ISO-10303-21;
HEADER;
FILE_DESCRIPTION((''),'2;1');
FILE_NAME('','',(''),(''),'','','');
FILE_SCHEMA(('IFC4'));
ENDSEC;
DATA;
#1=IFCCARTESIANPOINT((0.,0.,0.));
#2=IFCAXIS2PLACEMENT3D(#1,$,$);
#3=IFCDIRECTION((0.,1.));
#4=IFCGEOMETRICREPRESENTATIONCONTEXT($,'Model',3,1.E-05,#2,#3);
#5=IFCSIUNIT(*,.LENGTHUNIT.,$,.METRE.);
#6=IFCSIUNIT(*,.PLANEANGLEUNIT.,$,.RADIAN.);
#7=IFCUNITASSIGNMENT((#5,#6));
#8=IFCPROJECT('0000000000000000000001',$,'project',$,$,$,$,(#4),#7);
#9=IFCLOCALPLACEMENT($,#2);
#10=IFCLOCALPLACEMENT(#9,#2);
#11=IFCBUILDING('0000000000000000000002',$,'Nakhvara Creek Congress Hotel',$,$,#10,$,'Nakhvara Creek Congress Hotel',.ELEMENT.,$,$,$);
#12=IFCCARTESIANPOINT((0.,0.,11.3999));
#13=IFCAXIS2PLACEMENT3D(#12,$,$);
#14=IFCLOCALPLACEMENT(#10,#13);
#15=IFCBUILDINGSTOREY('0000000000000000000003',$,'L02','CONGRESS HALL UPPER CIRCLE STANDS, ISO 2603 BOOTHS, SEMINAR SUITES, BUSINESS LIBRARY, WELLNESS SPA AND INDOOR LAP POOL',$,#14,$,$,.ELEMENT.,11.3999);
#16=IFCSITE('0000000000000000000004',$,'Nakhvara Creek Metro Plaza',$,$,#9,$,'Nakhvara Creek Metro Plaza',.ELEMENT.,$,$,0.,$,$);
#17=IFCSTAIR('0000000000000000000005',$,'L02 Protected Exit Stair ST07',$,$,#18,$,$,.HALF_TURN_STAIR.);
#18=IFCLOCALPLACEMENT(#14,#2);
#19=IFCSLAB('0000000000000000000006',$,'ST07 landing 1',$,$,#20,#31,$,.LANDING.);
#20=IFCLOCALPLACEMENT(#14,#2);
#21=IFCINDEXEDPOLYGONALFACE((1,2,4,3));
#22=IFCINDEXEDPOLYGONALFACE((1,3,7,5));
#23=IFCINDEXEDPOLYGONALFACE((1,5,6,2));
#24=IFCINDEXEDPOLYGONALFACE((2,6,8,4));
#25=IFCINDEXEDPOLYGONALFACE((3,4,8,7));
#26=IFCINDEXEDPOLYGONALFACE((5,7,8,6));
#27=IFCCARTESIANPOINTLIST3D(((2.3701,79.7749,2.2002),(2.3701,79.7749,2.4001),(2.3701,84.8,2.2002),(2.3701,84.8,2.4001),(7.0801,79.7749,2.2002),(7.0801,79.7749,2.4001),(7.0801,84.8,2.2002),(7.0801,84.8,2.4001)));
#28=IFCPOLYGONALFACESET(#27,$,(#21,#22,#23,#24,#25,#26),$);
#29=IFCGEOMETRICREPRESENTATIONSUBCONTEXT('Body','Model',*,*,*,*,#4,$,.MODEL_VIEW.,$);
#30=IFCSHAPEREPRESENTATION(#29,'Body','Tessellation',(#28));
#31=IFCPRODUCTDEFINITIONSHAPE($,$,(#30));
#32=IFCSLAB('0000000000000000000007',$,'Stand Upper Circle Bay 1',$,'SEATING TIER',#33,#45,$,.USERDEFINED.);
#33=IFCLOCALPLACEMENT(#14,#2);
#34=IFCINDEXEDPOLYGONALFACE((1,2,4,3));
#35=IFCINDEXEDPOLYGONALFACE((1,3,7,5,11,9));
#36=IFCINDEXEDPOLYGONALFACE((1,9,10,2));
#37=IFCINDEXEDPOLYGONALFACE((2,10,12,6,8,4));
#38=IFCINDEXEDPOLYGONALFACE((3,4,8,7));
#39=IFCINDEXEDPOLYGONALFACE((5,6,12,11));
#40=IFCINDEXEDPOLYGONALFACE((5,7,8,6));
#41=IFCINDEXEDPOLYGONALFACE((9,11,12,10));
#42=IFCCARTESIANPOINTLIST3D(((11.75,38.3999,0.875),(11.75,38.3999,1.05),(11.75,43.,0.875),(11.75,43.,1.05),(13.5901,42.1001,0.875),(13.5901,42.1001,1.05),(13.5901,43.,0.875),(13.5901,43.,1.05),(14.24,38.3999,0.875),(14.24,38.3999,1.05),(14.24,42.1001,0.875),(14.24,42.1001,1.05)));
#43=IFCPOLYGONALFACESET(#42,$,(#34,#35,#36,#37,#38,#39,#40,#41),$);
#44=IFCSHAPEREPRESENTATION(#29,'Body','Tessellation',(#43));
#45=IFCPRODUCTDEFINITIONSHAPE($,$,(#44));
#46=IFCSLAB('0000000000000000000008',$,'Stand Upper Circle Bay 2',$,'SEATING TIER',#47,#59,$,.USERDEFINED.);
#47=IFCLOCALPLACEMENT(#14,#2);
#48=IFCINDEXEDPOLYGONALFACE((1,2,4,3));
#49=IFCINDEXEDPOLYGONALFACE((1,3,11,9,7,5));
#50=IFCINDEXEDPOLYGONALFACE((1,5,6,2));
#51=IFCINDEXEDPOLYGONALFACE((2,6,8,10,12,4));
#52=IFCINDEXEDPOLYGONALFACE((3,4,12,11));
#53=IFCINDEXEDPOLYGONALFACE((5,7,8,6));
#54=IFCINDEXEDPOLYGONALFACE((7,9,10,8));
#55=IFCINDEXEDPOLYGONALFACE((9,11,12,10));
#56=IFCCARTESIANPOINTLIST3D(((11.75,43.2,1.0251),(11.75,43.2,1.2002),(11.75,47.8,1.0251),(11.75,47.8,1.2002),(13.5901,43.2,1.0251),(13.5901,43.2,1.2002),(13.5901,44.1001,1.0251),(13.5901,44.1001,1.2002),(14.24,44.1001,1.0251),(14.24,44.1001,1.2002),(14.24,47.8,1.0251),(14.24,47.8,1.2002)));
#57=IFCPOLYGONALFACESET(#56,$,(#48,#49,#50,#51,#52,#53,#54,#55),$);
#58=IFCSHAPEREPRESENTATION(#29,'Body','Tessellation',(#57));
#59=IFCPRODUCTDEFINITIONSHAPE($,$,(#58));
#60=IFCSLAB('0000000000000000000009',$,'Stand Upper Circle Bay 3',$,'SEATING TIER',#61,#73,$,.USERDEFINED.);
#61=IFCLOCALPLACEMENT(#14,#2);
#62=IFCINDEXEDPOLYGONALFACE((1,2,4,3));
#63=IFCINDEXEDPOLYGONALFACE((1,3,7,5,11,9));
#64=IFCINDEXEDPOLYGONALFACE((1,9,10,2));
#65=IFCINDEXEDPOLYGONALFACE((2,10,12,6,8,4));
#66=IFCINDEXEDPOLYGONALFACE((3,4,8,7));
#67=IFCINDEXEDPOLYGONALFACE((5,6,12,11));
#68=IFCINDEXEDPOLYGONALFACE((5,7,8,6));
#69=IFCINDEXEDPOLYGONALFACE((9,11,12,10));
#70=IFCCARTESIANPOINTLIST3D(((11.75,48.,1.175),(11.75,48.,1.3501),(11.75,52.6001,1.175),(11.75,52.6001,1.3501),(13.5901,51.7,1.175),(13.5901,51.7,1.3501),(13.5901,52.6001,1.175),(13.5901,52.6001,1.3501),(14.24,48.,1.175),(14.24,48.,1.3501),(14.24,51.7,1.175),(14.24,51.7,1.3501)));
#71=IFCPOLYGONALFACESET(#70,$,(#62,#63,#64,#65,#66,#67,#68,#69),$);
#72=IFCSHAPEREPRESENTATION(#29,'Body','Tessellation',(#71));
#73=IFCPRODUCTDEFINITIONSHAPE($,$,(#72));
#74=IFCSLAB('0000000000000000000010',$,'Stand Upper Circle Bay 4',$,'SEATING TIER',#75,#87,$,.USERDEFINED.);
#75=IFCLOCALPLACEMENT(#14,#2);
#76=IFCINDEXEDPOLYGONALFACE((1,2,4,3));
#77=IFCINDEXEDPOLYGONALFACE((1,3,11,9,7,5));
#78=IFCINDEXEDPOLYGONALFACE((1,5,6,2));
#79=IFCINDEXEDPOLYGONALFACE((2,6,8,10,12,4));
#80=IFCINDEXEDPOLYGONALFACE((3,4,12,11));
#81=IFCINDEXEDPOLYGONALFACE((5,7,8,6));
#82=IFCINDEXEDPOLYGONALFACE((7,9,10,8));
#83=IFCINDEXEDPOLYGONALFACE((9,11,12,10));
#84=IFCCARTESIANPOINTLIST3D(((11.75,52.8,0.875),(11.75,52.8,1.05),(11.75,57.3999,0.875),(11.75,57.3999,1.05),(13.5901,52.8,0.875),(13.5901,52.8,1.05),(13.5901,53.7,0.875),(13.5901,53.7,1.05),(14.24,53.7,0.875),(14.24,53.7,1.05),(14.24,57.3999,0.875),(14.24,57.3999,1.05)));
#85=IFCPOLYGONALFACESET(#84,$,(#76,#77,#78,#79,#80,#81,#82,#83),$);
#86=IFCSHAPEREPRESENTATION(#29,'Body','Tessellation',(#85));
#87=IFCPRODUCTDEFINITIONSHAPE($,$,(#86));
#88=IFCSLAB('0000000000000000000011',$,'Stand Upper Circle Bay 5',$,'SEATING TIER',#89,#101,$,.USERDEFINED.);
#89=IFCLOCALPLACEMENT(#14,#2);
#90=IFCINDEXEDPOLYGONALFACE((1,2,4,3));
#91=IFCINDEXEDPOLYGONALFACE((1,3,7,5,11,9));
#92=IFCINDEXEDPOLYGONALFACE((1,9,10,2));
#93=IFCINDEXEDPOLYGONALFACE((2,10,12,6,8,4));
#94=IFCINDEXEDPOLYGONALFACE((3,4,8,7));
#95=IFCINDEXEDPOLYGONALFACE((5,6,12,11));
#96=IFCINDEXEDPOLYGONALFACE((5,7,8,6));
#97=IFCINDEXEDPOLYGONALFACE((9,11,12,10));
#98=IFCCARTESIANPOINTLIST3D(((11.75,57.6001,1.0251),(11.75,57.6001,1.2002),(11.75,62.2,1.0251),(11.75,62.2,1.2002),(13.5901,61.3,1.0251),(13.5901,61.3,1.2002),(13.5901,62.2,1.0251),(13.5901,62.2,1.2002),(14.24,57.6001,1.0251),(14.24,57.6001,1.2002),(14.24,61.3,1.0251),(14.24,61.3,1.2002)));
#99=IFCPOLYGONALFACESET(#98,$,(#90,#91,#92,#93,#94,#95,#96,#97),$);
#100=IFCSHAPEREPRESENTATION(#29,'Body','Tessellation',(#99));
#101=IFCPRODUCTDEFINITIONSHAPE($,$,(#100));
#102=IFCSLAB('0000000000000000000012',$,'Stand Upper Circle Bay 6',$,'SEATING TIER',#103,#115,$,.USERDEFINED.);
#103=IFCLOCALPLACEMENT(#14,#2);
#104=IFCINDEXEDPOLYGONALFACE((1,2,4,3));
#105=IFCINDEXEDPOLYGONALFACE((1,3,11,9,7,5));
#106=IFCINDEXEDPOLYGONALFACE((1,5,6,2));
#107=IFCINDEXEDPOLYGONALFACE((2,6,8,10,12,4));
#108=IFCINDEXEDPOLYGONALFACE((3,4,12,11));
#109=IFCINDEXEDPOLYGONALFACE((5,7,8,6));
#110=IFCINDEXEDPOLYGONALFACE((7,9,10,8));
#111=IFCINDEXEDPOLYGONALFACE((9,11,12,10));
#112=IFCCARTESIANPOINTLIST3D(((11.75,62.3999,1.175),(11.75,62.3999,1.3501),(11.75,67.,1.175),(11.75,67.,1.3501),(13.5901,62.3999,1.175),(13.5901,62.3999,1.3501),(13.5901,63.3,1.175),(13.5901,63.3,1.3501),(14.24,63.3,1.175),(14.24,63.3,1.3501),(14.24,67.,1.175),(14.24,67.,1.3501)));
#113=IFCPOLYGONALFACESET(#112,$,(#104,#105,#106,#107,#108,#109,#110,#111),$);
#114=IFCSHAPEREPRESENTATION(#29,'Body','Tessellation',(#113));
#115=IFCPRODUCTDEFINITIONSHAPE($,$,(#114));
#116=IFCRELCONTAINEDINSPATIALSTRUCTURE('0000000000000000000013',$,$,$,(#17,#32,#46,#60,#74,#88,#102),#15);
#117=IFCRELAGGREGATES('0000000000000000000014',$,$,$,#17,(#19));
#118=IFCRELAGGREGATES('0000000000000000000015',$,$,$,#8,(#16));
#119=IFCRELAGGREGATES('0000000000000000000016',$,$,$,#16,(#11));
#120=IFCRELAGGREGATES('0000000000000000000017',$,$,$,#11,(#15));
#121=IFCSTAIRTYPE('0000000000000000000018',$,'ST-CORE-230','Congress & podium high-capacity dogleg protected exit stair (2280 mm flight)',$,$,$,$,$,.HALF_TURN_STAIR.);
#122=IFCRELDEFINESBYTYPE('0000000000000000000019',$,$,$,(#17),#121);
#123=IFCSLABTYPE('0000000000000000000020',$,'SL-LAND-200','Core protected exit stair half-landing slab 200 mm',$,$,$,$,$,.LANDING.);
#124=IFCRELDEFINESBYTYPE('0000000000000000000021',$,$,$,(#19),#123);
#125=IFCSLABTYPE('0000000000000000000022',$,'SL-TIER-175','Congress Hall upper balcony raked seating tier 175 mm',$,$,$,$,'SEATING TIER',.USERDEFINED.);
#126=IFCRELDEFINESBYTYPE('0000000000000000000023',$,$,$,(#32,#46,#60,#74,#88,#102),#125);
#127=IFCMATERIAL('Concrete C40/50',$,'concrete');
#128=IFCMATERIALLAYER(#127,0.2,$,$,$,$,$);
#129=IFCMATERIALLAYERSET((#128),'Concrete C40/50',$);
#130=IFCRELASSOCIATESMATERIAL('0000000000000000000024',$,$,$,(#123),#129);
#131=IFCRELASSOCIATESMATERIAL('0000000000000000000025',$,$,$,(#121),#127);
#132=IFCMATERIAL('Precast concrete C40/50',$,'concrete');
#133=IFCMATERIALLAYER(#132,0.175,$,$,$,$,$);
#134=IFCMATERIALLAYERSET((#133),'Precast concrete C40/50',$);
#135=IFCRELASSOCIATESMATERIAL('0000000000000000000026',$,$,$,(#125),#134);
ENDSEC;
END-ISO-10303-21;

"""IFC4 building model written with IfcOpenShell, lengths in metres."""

from ifc_helpers import new_model, si_unit, direction, frame, origin, place, context, subcontext, project, spatial, polyline, outline, extrude, material, layer, layer_set, type_object, element, aggregate, save


model = new_model("IFC4")

# Units and contexts
model_context = context("Model", 3, precision=1e-05, world=origin(), true_north=direction((0.0, 1.0)))
body_context = subcontext(model_context, "Body", "Model", "MODEL_VIEW")
ifc_project = project(units=[si_unit("LENGTHUNIT", "METRE"), si_unit("PLANEANGLEUNIT", "RADIAN")], contexts=[model_context])

# Site, building, storey
site_placement = place(None, origin())
site = spatial("IfcSite", under=ifc_project, at=site_placement, Name="Nakhvara Creek Metro Plaza", LongName="Nakhvara Creek Metro Plaza", CompositionType="ELEMENT", RefElevation=0.0)
building_placement = place(site_placement, origin())
building = spatial("IfcBuilding", under=site, at=building_placement, Name="Nakhvara Creek Congress Hotel", LongName="Nakhvara Creek Congress Hotel", CompositionType="ELEMENT")
storey_placement = place(building_placement, frame((0.0, 0.0, 11.3999)))
storey = spatial("IfcBuildingStorey", under=building, at=storey_placement, Name="L02", Description="CONGRESS HALL UPPER CIRCLE STANDS, ISO 2603 BOOTHS, SEMINAR SUITES, BUSINESS LIBRARY, WELLNESS SPA AND INDOOR LAP POOL", CompositionType="ELEMENT", Elevation=11.3999)

# Shared definitions
ifc_material_1 = material(Name="Concrete C40/50", Category="concrete")

# Stair, slab
ifc_layer_1 = layer(ifc_material_1, 0.2)
ifc_layer_set_1 = layer_set([ifc_layer_1], Name="Concrete C40/50")
slab_type_1 = type_object("IfcSlabType", Name="SL-LAND-200", Description="Core protected exit stair half-landing slab 200 mm", PredefinedType="LANDING", material=ifc_layer_set_1)
stair_type_1 = type_object("IfcStairType", Name="ST-CORE-230", Description="Congress & podium high-capacity dogleg protected exit stair (2280 mm flight)", PredefinedType="HALF_TURN_STAIR", material=ifc_material_1)
stair_1_placement = place(storey_placement, origin())
stair_1 = element("IfcStair", 1, at=stair_1_placement, inside=storey, type_object=stair_type_1, Name="L02 Protected Exit Stair ST07", PredefinedType="HALF_TURN_STAIR")
slab_1_placement = place(storey_placement, frame((0.0, 0.0, 2.2002)))
slab_1 = element("IfcSlab", 2, at=slab_1_placement, type_object=slab_type_1, Name="ST07 landing 1", PredefinedType="LANDING", context=body_context, shape_type="SweptSolid", body=[
    extrude(outline(polyline([(7.0801, 79.7749), (7.0801, 84.8), (2.3701, 84.8), (2.3701, 79.7749), (7.0801, 79.7749)])), origin(), (0.0, 0.0, 1.0), 0.2),
])
aggregate(stair_1, [slab_1])

# Slabs
ifc_material_2 = material(Name="Precast concrete C40/50", Category="concrete")
ifc_layer_2 = layer(ifc_material_2, 0.175)
ifc_layer_set_2 = layer_set([ifc_layer_2], Name="Precast concrete C40/50")
slab_type_2 = type_object("IfcSlabType", Name="SL-TIER-175", Description="Congress Hall upper balcony raked seating tier 175 mm", ElementType="SEATING TIER", PredefinedType="USERDEFINED", material=ifc_layer_set_2)
slab_2_placement = place(storey_placement, frame((0.0, 0.0, 0.875)))
element("IfcSlab", 3, at=slab_2_placement, inside=storey, type_object=slab_type_2, Name="Stand Upper Circle Bay 1", ObjectType="SEATING TIER", PredefinedType="USERDEFINED", context=body_context, shape_type="SweptSolid", body=[
    extrude(outline(polyline([(11.75, 38.3999), (14.24, 38.3999), (14.24, 42.1001), (13.5901, 42.1001), (13.5901, 43.0), (11.75, 43.0), (11.75, 38.3999)])), origin(), (0.0, 0.0, 1.0), 0.175),
])
slab_3_placement = place(storey_placement, frame((0.0, 0.0, 1.0251)))
element("IfcSlab", 4, at=slab_3_placement, inside=storey, type_object=slab_type_2, Name="Stand Upper Circle Bay 2", ObjectType="SEATING TIER", PredefinedType="USERDEFINED", context=body_context, shape_type="SweptSolid", body=[
    extrude(outline(polyline([(11.75, 43.2), (13.5901, 43.2), (13.5901, 44.1001), (14.24, 44.1001), (14.24, 47.8), (11.75, 47.8), (11.75, 43.2)])), origin(), (0.0, 0.0, 1.0), 0.175),
])
slab_4_placement = place(storey_placement, frame((0.0, 0.0, 1.175)))
element("IfcSlab", 5, at=slab_4_placement, inside=storey, type_object=slab_type_2, Name="Stand Upper Circle Bay 3", ObjectType="SEATING TIER", PredefinedType="USERDEFINED", context=body_context, shape_type="SweptSolid", body=[
    extrude(outline(polyline([(11.75, 48.0), (14.24, 48.0), (14.24, 51.7), (13.5901, 51.7), (13.5901, 52.6001), (11.75, 52.6001), (11.75, 48.0)])), origin(), (0.0, 0.0, 1.0), 0.175),
])
slab_5_placement = place(storey_placement, frame((0.0, 0.0, 0.875)))
element("IfcSlab", 6, at=slab_5_placement, inside=storey, type_object=slab_type_2, Name="Stand Upper Circle Bay 4", ObjectType="SEATING TIER", PredefinedType="USERDEFINED", context=body_context, shape_type="SweptSolid", body=[
    extrude(outline(polyline([(11.75, 52.8), (13.5901, 52.8), (13.5901, 53.7), (14.24, 53.7), (14.24, 57.3999), (11.75, 57.3999), (11.75, 52.8)])), origin(), (0.0, 0.0, 1.0), 0.175),
])
slab_6_placement = place(storey_placement, frame((0.0, 0.0, 1.0251)))
element("IfcSlab", 7, at=slab_6_placement, inside=storey, type_object=slab_type_2, Name="Stand Upper Circle Bay 5", ObjectType="SEATING TIER", PredefinedType="USERDEFINED", context=body_context, shape_type="SweptSolid", body=[
    extrude(outline(polyline([(11.75, 57.6001), (14.24, 57.6001), (14.24, 61.3), (13.5901, 61.3), (13.5901, 62.2), (11.75, 62.2), (11.75, 57.6001)])), origin(), (0.0, 0.0, 1.0), 0.175),
])
slab_7_placement = place(storey_placement, frame((0.0, 0.0, 1.175)))
element("IfcSlab", 8, at=slab_7_placement, inside=storey, type_object=slab_type_2, Name="Stand Upper Circle Bay 6", ObjectType="SEATING TIER", PredefinedType="USERDEFINED", context=body_context, shape_type="SweptSolid", body=[
    extrude(outline(polyline([(11.75, 62.3999), (13.5901, 62.3999), (13.5901, 63.3), (14.24, 63.3), (14.24, 67.0), (11.75, 67.0), (11.75, 62.3999)])), origin(), (0.0, 0.0, 1.0), 0.175),
])

save(model, "model.ifc")
